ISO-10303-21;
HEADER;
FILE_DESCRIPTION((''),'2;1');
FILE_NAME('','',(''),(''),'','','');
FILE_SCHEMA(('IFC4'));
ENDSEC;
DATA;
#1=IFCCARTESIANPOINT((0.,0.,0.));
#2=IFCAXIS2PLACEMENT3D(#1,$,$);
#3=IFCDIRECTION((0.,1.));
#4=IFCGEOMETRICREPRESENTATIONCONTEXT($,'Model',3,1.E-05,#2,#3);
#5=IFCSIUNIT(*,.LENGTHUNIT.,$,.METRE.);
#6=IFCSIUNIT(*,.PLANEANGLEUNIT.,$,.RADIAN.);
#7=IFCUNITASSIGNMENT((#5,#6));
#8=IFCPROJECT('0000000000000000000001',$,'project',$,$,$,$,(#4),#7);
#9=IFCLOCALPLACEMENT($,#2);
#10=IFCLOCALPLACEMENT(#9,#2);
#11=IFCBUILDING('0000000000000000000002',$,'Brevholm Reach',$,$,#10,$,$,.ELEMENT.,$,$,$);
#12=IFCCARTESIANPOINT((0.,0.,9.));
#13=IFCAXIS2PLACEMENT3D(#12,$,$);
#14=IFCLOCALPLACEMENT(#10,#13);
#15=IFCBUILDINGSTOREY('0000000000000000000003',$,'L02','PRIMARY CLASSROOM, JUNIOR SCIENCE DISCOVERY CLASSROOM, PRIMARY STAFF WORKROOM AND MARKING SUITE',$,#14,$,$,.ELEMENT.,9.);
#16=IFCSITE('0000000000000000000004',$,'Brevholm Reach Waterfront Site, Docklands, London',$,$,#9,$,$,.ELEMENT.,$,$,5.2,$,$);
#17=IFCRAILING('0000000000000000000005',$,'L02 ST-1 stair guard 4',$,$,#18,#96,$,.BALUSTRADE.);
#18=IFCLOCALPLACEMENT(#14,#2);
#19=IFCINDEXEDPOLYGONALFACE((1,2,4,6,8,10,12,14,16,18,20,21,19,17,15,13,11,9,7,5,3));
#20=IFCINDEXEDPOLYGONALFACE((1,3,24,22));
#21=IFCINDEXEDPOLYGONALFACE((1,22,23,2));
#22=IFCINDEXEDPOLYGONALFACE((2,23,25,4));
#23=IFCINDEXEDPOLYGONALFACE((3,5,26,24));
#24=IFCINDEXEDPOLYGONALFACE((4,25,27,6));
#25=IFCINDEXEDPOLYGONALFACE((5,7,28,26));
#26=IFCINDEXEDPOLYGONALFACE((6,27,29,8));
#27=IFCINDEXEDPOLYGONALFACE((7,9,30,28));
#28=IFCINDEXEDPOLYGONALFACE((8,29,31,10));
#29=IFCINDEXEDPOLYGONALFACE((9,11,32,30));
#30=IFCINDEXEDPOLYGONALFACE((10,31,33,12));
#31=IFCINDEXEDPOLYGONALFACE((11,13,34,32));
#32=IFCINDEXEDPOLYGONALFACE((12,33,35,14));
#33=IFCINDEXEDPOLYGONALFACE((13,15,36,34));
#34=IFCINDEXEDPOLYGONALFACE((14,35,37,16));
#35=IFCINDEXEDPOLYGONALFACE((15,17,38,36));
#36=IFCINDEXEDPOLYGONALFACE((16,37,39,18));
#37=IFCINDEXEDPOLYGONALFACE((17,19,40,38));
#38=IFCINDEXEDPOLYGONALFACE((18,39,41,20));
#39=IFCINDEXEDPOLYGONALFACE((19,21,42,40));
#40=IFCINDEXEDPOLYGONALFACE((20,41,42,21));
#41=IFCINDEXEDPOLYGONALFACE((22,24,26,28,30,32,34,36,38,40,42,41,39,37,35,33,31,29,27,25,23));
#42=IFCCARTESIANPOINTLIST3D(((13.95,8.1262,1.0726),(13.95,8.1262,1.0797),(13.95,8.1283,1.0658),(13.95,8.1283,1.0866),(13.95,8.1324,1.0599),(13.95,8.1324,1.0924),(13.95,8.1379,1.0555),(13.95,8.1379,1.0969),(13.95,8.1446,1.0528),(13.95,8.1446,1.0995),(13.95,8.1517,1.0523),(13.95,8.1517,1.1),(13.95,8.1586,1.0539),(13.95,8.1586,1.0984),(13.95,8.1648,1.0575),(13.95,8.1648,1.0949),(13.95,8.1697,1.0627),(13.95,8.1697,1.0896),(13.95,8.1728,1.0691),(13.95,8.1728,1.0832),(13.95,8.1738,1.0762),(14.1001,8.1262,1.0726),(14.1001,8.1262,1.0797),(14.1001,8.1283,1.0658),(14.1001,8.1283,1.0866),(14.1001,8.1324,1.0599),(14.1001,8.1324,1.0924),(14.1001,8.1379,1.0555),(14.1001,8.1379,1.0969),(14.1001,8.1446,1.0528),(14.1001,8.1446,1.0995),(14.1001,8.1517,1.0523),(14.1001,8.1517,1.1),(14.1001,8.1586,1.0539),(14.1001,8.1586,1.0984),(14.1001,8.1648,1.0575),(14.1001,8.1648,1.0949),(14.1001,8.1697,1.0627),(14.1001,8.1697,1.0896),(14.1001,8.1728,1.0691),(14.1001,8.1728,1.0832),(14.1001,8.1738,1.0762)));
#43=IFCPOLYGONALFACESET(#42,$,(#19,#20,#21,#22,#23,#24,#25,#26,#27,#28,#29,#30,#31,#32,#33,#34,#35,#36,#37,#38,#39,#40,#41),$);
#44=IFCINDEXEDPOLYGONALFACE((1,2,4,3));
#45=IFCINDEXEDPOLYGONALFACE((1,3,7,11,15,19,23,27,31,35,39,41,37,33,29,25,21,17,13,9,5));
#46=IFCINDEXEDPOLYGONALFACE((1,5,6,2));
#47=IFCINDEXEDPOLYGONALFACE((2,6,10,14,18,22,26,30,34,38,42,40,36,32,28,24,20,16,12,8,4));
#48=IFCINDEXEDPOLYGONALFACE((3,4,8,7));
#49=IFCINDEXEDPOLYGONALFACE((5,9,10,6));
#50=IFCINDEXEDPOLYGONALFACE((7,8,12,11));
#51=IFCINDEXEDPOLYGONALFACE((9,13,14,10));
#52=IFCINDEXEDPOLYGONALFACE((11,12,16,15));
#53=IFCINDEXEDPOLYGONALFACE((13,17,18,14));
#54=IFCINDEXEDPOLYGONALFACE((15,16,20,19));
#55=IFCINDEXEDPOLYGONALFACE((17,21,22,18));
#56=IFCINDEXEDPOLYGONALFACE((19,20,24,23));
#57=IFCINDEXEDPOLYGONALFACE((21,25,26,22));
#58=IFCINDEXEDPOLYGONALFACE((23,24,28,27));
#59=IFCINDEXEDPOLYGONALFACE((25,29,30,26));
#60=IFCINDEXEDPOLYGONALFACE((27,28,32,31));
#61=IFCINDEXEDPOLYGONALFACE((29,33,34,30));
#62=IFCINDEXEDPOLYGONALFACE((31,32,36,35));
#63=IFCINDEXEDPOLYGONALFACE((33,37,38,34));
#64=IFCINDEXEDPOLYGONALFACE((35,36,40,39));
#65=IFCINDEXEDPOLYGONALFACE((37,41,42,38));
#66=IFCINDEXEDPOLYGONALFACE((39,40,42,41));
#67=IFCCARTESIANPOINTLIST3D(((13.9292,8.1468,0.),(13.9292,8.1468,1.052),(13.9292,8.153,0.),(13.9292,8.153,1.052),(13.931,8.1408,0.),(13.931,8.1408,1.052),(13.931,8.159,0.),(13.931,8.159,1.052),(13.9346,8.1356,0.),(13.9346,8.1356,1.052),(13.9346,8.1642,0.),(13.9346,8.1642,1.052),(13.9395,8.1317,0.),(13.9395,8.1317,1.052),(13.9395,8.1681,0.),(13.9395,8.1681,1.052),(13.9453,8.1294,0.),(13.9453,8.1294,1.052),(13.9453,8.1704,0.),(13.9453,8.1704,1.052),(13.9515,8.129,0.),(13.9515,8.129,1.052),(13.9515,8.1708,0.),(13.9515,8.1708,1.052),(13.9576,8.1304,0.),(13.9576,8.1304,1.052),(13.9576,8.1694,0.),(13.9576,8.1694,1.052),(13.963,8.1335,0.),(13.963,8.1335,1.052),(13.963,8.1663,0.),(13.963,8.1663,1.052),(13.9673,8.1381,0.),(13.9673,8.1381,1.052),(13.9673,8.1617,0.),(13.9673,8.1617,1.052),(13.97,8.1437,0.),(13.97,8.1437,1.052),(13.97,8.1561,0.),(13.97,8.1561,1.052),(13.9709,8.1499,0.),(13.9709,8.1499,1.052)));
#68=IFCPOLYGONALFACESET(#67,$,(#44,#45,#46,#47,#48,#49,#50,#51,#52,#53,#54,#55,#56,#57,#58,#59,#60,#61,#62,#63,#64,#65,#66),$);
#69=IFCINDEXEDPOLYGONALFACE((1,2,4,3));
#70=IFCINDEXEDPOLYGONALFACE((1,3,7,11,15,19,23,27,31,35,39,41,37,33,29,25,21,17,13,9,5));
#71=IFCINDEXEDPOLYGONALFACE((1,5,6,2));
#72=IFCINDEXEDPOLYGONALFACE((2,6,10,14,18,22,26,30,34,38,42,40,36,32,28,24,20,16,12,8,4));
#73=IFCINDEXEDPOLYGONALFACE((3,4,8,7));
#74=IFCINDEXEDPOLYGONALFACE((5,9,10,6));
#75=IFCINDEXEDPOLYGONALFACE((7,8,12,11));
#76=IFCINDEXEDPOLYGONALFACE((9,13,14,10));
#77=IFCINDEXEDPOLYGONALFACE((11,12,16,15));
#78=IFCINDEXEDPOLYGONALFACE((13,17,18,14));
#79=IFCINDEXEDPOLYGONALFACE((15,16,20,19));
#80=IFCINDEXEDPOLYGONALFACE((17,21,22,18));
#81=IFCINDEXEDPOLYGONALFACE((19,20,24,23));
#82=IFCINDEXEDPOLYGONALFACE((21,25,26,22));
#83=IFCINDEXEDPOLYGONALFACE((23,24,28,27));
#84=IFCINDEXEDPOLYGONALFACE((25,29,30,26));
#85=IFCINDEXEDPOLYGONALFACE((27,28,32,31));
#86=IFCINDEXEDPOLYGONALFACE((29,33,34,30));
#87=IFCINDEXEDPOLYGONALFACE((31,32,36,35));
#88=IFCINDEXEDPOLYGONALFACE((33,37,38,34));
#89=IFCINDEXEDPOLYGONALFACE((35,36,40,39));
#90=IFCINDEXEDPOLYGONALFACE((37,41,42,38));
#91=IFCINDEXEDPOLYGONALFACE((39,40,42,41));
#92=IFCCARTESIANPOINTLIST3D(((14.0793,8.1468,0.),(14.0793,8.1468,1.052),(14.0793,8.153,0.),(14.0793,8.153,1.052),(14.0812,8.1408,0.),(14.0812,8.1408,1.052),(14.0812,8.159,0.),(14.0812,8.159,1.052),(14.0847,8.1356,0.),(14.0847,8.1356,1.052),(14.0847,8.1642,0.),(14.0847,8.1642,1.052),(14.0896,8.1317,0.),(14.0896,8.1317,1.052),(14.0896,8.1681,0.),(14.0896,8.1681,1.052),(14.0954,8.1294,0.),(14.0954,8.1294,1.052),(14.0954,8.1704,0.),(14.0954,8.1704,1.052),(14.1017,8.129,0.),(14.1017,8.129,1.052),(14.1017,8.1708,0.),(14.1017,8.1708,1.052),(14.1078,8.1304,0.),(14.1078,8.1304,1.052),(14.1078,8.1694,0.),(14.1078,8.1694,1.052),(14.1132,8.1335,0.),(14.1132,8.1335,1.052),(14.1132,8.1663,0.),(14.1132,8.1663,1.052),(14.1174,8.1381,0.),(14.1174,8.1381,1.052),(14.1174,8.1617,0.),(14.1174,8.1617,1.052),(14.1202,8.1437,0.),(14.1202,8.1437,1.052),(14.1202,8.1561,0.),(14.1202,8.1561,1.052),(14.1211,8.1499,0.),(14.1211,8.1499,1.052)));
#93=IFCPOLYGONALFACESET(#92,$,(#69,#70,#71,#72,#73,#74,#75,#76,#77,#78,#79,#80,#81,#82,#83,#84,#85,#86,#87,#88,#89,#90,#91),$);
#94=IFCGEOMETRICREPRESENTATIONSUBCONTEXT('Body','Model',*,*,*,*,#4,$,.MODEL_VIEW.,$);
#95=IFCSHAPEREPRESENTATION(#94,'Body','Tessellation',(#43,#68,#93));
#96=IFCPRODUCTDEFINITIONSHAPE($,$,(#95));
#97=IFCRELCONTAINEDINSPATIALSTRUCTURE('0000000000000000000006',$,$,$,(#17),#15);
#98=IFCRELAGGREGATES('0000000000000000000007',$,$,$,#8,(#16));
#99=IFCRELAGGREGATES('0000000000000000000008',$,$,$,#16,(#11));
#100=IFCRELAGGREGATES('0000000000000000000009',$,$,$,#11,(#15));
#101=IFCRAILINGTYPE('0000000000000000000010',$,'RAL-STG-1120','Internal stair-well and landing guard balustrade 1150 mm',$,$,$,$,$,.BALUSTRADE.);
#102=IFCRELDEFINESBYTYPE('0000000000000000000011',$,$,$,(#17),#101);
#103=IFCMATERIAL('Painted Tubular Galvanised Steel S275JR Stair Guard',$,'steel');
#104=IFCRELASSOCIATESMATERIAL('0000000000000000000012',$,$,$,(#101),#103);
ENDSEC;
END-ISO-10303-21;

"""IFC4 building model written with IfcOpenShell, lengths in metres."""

from ifc_helpers import new_model, si_unit, direction, frame, origin, origin_2d, place, context, subcontext, project, spatial, circle, extrude, material, type_object, element, save


model = new_model("IFC4")

# Units and contexts
model_context = context("Model", 3, precision=1e-05, world=origin(), true_north=direction((0.0, 1.0)))
body_context = subcontext(model_context, "Body", "Model", "MODEL_VIEW")
ifc_project = project(units=[si_unit("LENGTHUNIT", "METRE"), si_unit("PLANEANGLEUNIT", "RADIAN")], contexts=[model_context])

# Site, building, storey
site_placement = place(None, origin())
site = spatial("IfcSite", under=ifc_project, at=site_placement, Name="Brevholm Reach Waterfront Site, Docklands, London", CompositionType="ELEMENT", RefElevation=5.2)
building_placement = place(site_placement, origin())
building = spatial("IfcBuilding", under=site, at=building_placement, Name="Brevholm Reach", CompositionType="ELEMENT")
storey_placement = place(building_placement, frame((0.0, 0.0, 9.0)))
storey = spatial("IfcBuildingStorey", under=building, at=storey_placement, Name="L02", Description="PRIMARY CLASSROOM, JUNIOR SCIENCE DISCOVERY CLASSROOM, PRIMARY STAFF WORKROOM AND MARKING SUITE", CompositionType="ELEMENT", Elevation=9.0)

# Railing
ifc_material_1 = material(Name="Painted Tubular Galvanised Steel S275JR Stair Guard", Category="steel")
railing_type_1 = type_object("IfcRailingType", Name="RAL-STG-1120", Description="Internal stair-well and landing guard balustrade 1150 mm", PredefinedType="BALUSTRADE", material=ifc_material_1)
railing_1_placement = place(storey_placement, frame((13.95, 8.1499, 0.0)))
element("IfcRailing", 1, at=railing_1_placement, inside=storey, type_object=railing_type_1, Name="L02 ST-1 stair guard 4", PredefinedType="BALUSTRADE", context=body_context, shape_type="SweptSolid", body=[
    extrude(circle(Radius=0.0239, at=origin_2d()), frame((0.0, 0.0, 1.0762), z_axis=(1.0, 0.0, 0.0), x_axis=(0.0, 1.0, 0.0)), (0.0, 0.0, 1.0), 0.1501),
    extrude(circle(Radius=0.021, at=origin_2d()), origin(), (0.0, 0.0, 1.0), 1.052),
    extrude(circle(Radius=0.021, at=origin_2d()), frame((0.1501, 0.0, 0.0)), (0.0, 0.0, 1.0), 1.052),
])

save(model, "model.ifc")
